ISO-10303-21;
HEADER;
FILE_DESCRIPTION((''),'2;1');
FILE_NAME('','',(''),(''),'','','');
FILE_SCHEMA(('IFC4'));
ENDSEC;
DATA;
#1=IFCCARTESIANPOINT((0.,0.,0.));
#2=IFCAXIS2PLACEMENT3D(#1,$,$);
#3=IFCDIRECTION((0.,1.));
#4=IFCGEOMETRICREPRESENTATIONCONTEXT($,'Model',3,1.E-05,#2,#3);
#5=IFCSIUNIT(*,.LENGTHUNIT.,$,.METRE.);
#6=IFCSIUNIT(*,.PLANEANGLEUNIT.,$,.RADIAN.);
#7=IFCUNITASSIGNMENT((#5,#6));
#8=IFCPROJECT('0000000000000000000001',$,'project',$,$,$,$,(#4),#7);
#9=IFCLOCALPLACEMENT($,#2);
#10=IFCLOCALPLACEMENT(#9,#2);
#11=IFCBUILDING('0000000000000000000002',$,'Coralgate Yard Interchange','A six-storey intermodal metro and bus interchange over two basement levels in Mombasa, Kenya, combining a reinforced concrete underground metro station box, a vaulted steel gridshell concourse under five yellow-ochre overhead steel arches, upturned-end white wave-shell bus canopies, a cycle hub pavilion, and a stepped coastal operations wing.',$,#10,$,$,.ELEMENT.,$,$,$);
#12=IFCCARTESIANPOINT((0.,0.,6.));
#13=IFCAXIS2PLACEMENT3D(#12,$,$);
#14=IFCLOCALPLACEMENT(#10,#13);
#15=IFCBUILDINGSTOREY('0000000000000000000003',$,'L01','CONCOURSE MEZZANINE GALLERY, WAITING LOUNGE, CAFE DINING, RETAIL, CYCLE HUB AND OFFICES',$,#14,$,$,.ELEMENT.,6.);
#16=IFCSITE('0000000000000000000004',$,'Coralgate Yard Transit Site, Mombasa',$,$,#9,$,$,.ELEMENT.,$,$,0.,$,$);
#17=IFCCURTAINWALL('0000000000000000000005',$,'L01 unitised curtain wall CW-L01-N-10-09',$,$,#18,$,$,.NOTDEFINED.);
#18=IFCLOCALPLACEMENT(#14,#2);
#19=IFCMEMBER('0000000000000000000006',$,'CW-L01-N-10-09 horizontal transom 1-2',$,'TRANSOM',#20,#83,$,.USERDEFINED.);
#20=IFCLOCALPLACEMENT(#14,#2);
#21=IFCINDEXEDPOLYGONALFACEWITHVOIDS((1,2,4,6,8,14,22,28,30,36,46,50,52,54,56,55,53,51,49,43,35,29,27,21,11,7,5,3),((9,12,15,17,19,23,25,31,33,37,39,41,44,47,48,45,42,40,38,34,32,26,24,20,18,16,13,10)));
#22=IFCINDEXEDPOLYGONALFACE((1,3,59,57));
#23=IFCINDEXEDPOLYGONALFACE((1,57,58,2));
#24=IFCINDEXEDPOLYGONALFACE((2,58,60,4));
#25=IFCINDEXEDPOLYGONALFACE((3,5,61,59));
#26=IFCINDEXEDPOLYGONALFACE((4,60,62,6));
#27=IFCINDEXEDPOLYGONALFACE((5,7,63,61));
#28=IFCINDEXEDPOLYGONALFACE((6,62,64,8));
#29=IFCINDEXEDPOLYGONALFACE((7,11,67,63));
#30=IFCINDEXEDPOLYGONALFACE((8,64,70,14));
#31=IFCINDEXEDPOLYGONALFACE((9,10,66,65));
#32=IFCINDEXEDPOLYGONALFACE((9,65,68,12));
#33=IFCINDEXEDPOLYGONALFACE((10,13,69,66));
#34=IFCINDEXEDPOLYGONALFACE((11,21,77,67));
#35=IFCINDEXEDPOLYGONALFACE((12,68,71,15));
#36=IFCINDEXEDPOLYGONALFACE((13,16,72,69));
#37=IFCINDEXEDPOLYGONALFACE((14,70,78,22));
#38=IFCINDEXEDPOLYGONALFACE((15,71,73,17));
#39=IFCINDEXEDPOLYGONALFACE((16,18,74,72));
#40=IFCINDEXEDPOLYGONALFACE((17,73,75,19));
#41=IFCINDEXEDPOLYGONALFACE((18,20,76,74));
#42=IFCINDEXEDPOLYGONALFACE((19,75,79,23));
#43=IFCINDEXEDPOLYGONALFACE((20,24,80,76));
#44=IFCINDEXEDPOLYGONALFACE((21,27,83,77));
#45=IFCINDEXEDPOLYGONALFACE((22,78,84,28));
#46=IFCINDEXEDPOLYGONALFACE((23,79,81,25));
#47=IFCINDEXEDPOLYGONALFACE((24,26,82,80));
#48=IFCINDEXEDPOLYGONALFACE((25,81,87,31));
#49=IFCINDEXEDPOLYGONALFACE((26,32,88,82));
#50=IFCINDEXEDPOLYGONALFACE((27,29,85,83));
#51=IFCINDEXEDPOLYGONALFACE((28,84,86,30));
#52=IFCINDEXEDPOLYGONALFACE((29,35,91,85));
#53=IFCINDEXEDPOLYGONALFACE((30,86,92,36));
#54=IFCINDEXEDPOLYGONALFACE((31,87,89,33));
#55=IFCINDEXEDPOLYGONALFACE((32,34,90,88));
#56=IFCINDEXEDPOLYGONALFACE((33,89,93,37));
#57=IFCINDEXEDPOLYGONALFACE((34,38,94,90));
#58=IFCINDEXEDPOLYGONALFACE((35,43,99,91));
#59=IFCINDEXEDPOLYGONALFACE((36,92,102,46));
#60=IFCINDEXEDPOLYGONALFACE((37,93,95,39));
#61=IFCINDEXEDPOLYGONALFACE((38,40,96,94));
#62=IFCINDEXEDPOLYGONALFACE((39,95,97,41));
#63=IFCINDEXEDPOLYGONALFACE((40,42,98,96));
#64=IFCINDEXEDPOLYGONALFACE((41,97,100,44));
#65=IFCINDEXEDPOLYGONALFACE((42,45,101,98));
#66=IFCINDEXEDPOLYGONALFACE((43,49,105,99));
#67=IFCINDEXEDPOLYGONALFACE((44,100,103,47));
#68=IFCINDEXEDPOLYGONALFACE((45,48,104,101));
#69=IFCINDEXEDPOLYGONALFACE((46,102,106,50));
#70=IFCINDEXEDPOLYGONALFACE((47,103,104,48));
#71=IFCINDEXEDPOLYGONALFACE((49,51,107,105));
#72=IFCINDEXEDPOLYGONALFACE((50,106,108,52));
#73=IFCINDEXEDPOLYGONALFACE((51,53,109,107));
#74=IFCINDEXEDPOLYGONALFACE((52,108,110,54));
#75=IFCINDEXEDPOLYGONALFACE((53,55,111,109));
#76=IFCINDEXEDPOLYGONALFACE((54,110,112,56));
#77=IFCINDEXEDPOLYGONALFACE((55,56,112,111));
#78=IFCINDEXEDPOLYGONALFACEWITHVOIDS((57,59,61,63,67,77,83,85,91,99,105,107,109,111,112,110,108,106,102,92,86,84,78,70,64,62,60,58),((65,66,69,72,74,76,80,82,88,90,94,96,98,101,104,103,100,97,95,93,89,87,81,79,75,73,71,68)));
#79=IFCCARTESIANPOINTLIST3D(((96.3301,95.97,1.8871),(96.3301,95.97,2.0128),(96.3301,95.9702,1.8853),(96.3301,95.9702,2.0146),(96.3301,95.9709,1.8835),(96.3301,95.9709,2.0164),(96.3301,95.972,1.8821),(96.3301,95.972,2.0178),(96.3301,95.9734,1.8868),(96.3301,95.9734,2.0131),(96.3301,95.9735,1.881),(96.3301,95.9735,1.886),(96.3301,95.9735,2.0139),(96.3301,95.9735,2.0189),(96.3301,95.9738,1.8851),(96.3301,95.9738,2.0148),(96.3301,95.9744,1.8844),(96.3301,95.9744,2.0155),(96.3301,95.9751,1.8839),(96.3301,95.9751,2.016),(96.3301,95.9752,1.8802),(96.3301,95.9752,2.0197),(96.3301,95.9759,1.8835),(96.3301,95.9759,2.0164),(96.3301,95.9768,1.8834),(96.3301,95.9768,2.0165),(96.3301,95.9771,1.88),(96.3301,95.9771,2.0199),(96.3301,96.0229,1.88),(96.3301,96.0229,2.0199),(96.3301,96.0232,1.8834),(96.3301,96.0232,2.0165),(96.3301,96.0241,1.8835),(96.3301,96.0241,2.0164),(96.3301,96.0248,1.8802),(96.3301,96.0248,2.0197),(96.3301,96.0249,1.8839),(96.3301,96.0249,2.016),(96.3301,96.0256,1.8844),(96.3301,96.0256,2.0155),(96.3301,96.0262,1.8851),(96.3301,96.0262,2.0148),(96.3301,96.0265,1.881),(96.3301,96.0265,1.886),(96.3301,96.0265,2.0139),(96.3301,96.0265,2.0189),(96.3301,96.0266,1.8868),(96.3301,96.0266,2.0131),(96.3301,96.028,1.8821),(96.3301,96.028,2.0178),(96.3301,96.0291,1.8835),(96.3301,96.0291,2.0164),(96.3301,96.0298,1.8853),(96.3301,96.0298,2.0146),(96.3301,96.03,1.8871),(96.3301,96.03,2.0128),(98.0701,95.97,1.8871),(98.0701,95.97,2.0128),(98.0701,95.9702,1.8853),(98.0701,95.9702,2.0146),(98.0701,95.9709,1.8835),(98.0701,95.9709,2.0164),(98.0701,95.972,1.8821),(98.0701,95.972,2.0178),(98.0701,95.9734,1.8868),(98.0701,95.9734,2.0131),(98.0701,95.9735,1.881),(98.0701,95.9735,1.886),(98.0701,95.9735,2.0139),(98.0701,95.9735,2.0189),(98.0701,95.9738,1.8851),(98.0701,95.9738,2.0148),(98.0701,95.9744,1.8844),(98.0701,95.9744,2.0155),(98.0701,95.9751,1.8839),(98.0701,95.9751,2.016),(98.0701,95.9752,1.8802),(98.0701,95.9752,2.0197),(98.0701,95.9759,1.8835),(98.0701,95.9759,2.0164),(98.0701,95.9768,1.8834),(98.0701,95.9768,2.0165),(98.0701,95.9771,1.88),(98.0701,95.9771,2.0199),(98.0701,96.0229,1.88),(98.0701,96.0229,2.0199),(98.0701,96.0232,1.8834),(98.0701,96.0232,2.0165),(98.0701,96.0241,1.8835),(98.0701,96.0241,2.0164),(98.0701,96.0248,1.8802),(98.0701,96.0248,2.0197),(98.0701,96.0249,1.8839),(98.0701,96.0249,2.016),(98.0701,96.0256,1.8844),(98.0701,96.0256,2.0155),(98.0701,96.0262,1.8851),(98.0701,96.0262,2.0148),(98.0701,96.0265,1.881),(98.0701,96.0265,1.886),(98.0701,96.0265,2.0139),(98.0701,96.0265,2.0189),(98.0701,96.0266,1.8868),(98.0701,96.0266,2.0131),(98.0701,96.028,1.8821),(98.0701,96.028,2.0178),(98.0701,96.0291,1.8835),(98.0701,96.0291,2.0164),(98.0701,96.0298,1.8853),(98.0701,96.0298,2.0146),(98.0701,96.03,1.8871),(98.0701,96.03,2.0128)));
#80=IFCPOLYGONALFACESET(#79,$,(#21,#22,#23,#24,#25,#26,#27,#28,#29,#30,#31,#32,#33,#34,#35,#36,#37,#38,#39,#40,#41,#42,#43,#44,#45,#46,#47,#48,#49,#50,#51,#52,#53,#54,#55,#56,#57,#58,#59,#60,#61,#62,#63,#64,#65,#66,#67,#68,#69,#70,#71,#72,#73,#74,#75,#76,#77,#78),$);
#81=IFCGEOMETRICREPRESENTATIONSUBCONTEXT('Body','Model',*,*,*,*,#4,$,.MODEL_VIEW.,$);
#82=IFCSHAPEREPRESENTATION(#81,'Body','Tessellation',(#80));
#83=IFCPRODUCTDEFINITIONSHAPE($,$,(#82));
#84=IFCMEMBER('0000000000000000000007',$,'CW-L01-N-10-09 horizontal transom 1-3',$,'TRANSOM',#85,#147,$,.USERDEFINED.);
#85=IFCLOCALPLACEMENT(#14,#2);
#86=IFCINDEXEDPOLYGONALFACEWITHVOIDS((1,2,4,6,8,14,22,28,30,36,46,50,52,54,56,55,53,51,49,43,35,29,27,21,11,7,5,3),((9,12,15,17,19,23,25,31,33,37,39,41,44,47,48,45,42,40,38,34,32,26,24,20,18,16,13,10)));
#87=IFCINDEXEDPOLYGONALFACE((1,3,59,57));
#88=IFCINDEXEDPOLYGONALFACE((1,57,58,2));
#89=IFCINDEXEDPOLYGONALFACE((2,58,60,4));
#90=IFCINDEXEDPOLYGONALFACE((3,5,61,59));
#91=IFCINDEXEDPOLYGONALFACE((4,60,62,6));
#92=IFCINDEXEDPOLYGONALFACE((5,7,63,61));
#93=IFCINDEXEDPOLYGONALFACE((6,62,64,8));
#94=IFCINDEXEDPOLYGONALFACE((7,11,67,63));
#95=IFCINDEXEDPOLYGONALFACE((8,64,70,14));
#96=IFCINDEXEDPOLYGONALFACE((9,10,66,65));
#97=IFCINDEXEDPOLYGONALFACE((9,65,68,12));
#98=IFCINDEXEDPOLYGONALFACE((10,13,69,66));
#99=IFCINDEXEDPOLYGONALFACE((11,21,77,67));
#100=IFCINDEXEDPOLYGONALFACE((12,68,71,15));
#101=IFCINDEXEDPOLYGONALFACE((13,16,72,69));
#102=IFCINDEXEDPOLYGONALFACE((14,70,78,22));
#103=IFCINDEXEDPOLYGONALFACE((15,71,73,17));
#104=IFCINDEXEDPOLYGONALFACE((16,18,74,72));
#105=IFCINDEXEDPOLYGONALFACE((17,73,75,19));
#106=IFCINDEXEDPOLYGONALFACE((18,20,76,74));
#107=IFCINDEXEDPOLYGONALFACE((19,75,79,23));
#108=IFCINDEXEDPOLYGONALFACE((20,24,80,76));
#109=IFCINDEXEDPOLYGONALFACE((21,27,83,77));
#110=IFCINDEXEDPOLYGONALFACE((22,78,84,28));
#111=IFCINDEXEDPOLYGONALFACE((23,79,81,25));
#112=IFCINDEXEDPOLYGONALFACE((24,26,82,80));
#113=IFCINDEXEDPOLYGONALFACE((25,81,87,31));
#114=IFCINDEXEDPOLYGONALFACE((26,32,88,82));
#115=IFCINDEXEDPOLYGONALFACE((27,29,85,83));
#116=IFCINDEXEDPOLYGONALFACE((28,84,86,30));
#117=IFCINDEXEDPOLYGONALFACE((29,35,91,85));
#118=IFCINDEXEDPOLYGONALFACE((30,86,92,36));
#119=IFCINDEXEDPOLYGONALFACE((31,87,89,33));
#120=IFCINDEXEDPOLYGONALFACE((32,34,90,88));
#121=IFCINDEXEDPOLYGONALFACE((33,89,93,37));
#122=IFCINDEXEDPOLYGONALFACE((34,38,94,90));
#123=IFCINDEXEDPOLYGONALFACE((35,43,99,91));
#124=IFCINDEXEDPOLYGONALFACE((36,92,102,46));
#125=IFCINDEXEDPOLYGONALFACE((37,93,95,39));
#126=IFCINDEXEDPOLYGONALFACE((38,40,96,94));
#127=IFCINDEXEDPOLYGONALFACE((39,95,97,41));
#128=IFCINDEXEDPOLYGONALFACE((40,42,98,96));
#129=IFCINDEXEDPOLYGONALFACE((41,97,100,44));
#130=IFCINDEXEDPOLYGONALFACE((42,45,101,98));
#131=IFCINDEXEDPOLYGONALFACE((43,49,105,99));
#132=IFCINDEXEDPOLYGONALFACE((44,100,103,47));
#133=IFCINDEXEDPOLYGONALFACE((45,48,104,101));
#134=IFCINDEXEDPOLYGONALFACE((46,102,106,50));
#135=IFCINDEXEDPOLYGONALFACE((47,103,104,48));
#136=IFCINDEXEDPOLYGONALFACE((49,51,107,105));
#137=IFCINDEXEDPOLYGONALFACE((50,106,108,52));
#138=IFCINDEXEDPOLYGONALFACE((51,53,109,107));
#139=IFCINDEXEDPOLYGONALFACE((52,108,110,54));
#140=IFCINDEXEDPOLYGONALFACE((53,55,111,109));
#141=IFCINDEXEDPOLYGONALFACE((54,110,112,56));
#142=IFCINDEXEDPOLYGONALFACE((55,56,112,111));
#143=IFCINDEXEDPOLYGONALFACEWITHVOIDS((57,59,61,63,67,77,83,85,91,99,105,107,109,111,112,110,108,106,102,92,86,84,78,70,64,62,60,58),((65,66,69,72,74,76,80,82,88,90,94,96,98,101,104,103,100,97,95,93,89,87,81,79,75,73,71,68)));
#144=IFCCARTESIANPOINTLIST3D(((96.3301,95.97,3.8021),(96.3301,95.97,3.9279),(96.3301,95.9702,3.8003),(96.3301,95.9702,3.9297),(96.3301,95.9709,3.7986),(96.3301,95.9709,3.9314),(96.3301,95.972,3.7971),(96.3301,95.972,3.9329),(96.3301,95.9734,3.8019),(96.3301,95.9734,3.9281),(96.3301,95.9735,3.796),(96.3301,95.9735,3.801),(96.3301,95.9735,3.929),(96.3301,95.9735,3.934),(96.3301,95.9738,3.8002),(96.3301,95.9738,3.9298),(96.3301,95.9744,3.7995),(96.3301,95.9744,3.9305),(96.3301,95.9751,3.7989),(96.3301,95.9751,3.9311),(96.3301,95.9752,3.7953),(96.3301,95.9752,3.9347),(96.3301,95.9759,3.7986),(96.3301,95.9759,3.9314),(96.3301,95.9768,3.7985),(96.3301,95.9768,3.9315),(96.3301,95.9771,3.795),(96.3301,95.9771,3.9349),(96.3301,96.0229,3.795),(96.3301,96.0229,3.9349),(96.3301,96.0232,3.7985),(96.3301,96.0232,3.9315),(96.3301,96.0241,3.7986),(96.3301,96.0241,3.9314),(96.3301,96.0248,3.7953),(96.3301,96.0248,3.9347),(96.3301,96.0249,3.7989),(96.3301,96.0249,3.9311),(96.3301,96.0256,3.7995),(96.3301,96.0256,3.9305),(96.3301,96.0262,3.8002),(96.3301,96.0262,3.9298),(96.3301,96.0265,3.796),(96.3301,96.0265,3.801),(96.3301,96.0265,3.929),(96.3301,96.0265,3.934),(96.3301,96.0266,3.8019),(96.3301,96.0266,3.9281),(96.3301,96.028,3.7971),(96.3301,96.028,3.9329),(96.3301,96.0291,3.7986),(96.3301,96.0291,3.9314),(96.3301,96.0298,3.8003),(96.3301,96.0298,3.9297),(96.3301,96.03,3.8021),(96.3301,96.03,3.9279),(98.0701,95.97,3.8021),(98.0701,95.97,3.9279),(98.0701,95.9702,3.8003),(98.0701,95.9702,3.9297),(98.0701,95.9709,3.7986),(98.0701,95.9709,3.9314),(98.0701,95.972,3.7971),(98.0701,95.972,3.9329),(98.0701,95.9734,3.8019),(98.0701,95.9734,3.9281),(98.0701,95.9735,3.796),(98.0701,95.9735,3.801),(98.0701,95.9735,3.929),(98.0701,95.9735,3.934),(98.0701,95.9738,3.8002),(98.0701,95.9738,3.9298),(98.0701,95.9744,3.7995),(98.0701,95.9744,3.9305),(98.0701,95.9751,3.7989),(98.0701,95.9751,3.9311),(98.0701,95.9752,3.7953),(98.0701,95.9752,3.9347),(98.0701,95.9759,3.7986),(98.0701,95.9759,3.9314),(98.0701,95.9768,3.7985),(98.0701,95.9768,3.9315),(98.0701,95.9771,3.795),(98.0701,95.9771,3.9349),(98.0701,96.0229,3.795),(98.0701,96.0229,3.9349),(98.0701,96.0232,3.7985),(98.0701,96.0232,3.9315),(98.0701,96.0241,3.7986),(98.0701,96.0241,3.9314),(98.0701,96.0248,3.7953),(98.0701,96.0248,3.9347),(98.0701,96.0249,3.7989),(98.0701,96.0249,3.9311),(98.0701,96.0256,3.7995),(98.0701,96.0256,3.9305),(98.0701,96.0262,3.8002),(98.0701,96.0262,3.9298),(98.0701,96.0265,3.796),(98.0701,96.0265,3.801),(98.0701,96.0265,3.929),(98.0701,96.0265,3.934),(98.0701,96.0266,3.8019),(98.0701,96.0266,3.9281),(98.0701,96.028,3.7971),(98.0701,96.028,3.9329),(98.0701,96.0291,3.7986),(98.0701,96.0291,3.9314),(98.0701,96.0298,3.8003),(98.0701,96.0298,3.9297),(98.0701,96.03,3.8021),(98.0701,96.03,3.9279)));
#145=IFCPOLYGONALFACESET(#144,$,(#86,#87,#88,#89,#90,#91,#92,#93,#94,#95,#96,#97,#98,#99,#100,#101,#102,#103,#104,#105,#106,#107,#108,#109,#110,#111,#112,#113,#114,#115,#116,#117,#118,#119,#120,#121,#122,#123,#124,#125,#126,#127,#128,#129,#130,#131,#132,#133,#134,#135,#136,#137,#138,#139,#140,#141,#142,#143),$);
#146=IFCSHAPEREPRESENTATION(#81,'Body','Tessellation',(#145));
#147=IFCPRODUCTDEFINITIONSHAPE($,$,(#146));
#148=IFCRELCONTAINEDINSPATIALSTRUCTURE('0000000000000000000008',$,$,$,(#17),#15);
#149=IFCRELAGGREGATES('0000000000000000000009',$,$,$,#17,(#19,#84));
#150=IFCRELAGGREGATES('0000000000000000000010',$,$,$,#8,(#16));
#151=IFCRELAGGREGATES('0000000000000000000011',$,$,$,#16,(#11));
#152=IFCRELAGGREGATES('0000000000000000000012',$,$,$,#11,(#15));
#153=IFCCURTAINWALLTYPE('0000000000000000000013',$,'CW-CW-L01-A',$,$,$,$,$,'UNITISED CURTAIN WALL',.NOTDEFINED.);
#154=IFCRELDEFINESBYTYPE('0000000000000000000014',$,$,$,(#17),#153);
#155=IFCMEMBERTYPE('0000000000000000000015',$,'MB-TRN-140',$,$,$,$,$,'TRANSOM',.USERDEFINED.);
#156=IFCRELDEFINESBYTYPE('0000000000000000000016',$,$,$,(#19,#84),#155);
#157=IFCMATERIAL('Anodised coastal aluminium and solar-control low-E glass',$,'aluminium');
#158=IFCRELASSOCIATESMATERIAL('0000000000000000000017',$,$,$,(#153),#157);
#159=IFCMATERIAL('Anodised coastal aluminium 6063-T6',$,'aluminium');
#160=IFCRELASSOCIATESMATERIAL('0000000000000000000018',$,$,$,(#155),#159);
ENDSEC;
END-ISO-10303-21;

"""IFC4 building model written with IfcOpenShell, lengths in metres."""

from ifc_helpers import new_model, si_unit, direction, frame, origin, origin_2d, place, context, subcontext, project, spatial, hollow_rectangle, extrude, material, material_profile, profile_set, type_object, element, aggregate, save


model = new_model("IFC4")

# Units and contexts
model_context = context("Model", 3, precision=1e-05, world=origin(), true_north=direction((0.0, 1.0)))
body_context = subcontext(model_context, "Body", "Model", "MODEL_VIEW")
ifc_project = project(units=[si_unit("LENGTHUNIT", "METRE"), si_unit("PLANEANGLEUNIT", "RADIAN")], contexts=[model_context])

# Site, building, storey
site_placement = place(None, origin())
site = spatial("IfcSite", under=ifc_project, at=site_placement, Name="Coralgate Yard Transit Site, Mombasa", CompositionType="ELEMENT", RefElevation=0.0)
building_placement = place(site_placement, origin())
building = spatial("IfcBuilding", under=site, at=building_placement, Name="Coralgate Yard Interchange", Description="A six-storey intermodal metro and bus interchange over two basement levels in Mombasa, Kenya, combining a reinforced concrete underground metro station box, a vaulted steel gridshell concourse under five yellow-ochre overhead steel arches, upturned-end white wave-shell bus canopies, a cycle hub pavilion, and a stepped coastal operations wing.", CompositionType="ELEMENT")
storey_placement = place(building_placement, frame((0.0, 0.0, 6.0)))
storey = spatial("IfcBuildingStorey", under=building, at=storey_placement, Name="L01", Description="CONCOURSE MEZZANINE GALLERY, WAITING LOUNGE, CAFE DINING, RETAIL, CYCLE HUB AND OFFICES", CompositionType="ELEMENT", Elevation=6.0)

# Curtain wall
ifc_material_1 = material(Name="Anodised coastal aluminium and solar-control low-E glass", Category="aluminium")
ifc_material_2 = material(Name="Anodised coastal aluminium 6063-T6", Category="aluminium")
curtain_wall_type_1 = type_object("IfcCurtainWallType", Name="CW-CW-L01-A", ElementType="UNITISED CURTAIN WALL", PredefinedType="NOTDEFINED", material=ifc_material_1)
curtain_wall_1_placement = place(storey_placement, origin())
curtain_wall_1 = element("IfcCurtainWall", 1, at=curtain_wall_1_placement, inside=storey, type_object=curtain_wall_type_1, Name="L01 unitised curtain wall CW-L01-N-10-09", PredefinedType="NOTDEFINED")

# Members
ifc_material_profile_1 = material_profile(ifc_material_2, hollow_rectangle(XDim=0.0601, YDim=0.1399, WallThickness=0.0034, InnerFilletRadius=0.0034, OuterFilletRadius=0.0071, at=origin_2d()), Name="ALU 60x140x3.5")
ifc_profile_set_1 = profile_set([ifc_material_profile_1], Name="Anodised coastal aluminium 6063-T6")
member_type_1 = type_object("IfcMemberType", Name="MB-TRN-140", ElementType="TRANSOM", PredefinedType="USERDEFINED", material=ifc_profile_set_1)
member_1_placement = place(storey_placement, frame((96.3301, 96.0, 1.95), z_axis=(1.0, 0.0, 0.0), x_axis=(0.0, 1.0, 0.0)))
member_1 = element("IfcMember", 2, at=member_1_placement, type_object=member_type_1, Name="CW-L01-N-10-09 horizontal transom 1-2", ObjectType="TRANSOM", PredefinedType="USERDEFINED", context=body_context, shape_type="SweptSolid", body=[
    extrude(hollow_rectangle(XDim=0.0601, YDim=0.1399, WallThickness=0.0034, InnerFilletRadius=0.0034, OuterFilletRadius=0.0071, at=origin_2d()), origin(), (0.0, 0.0, 1.0), 1.74),
])
member_2_placement = place(storey_placement, frame((96.3301, 96.0, 3.865), z_axis=(1.0, 0.0, 0.0), x_axis=(0.0, 1.0, 0.0)))
member_2 = element("IfcMember", 3, at=member_2_placement, type_object=member_type_1, Name="CW-L01-N-10-09 horizontal transom 1-3", ObjectType="TRANSOM", PredefinedType="USERDEFINED", context=body_context, shape_type="SweptSolid", body=[
    extrude(hollow_rectangle(XDim=0.0601, YDim=0.1399, WallThickness=0.0034, InnerFilletRadius=0.0034, OuterFilletRadius=0.0071, at=origin_2d()), origin(), (0.0, 0.0, 1.0), 1.74),
])

aggregate(curtain_wall_1, [member_1, member_2])

save(model, "model.ifc")
